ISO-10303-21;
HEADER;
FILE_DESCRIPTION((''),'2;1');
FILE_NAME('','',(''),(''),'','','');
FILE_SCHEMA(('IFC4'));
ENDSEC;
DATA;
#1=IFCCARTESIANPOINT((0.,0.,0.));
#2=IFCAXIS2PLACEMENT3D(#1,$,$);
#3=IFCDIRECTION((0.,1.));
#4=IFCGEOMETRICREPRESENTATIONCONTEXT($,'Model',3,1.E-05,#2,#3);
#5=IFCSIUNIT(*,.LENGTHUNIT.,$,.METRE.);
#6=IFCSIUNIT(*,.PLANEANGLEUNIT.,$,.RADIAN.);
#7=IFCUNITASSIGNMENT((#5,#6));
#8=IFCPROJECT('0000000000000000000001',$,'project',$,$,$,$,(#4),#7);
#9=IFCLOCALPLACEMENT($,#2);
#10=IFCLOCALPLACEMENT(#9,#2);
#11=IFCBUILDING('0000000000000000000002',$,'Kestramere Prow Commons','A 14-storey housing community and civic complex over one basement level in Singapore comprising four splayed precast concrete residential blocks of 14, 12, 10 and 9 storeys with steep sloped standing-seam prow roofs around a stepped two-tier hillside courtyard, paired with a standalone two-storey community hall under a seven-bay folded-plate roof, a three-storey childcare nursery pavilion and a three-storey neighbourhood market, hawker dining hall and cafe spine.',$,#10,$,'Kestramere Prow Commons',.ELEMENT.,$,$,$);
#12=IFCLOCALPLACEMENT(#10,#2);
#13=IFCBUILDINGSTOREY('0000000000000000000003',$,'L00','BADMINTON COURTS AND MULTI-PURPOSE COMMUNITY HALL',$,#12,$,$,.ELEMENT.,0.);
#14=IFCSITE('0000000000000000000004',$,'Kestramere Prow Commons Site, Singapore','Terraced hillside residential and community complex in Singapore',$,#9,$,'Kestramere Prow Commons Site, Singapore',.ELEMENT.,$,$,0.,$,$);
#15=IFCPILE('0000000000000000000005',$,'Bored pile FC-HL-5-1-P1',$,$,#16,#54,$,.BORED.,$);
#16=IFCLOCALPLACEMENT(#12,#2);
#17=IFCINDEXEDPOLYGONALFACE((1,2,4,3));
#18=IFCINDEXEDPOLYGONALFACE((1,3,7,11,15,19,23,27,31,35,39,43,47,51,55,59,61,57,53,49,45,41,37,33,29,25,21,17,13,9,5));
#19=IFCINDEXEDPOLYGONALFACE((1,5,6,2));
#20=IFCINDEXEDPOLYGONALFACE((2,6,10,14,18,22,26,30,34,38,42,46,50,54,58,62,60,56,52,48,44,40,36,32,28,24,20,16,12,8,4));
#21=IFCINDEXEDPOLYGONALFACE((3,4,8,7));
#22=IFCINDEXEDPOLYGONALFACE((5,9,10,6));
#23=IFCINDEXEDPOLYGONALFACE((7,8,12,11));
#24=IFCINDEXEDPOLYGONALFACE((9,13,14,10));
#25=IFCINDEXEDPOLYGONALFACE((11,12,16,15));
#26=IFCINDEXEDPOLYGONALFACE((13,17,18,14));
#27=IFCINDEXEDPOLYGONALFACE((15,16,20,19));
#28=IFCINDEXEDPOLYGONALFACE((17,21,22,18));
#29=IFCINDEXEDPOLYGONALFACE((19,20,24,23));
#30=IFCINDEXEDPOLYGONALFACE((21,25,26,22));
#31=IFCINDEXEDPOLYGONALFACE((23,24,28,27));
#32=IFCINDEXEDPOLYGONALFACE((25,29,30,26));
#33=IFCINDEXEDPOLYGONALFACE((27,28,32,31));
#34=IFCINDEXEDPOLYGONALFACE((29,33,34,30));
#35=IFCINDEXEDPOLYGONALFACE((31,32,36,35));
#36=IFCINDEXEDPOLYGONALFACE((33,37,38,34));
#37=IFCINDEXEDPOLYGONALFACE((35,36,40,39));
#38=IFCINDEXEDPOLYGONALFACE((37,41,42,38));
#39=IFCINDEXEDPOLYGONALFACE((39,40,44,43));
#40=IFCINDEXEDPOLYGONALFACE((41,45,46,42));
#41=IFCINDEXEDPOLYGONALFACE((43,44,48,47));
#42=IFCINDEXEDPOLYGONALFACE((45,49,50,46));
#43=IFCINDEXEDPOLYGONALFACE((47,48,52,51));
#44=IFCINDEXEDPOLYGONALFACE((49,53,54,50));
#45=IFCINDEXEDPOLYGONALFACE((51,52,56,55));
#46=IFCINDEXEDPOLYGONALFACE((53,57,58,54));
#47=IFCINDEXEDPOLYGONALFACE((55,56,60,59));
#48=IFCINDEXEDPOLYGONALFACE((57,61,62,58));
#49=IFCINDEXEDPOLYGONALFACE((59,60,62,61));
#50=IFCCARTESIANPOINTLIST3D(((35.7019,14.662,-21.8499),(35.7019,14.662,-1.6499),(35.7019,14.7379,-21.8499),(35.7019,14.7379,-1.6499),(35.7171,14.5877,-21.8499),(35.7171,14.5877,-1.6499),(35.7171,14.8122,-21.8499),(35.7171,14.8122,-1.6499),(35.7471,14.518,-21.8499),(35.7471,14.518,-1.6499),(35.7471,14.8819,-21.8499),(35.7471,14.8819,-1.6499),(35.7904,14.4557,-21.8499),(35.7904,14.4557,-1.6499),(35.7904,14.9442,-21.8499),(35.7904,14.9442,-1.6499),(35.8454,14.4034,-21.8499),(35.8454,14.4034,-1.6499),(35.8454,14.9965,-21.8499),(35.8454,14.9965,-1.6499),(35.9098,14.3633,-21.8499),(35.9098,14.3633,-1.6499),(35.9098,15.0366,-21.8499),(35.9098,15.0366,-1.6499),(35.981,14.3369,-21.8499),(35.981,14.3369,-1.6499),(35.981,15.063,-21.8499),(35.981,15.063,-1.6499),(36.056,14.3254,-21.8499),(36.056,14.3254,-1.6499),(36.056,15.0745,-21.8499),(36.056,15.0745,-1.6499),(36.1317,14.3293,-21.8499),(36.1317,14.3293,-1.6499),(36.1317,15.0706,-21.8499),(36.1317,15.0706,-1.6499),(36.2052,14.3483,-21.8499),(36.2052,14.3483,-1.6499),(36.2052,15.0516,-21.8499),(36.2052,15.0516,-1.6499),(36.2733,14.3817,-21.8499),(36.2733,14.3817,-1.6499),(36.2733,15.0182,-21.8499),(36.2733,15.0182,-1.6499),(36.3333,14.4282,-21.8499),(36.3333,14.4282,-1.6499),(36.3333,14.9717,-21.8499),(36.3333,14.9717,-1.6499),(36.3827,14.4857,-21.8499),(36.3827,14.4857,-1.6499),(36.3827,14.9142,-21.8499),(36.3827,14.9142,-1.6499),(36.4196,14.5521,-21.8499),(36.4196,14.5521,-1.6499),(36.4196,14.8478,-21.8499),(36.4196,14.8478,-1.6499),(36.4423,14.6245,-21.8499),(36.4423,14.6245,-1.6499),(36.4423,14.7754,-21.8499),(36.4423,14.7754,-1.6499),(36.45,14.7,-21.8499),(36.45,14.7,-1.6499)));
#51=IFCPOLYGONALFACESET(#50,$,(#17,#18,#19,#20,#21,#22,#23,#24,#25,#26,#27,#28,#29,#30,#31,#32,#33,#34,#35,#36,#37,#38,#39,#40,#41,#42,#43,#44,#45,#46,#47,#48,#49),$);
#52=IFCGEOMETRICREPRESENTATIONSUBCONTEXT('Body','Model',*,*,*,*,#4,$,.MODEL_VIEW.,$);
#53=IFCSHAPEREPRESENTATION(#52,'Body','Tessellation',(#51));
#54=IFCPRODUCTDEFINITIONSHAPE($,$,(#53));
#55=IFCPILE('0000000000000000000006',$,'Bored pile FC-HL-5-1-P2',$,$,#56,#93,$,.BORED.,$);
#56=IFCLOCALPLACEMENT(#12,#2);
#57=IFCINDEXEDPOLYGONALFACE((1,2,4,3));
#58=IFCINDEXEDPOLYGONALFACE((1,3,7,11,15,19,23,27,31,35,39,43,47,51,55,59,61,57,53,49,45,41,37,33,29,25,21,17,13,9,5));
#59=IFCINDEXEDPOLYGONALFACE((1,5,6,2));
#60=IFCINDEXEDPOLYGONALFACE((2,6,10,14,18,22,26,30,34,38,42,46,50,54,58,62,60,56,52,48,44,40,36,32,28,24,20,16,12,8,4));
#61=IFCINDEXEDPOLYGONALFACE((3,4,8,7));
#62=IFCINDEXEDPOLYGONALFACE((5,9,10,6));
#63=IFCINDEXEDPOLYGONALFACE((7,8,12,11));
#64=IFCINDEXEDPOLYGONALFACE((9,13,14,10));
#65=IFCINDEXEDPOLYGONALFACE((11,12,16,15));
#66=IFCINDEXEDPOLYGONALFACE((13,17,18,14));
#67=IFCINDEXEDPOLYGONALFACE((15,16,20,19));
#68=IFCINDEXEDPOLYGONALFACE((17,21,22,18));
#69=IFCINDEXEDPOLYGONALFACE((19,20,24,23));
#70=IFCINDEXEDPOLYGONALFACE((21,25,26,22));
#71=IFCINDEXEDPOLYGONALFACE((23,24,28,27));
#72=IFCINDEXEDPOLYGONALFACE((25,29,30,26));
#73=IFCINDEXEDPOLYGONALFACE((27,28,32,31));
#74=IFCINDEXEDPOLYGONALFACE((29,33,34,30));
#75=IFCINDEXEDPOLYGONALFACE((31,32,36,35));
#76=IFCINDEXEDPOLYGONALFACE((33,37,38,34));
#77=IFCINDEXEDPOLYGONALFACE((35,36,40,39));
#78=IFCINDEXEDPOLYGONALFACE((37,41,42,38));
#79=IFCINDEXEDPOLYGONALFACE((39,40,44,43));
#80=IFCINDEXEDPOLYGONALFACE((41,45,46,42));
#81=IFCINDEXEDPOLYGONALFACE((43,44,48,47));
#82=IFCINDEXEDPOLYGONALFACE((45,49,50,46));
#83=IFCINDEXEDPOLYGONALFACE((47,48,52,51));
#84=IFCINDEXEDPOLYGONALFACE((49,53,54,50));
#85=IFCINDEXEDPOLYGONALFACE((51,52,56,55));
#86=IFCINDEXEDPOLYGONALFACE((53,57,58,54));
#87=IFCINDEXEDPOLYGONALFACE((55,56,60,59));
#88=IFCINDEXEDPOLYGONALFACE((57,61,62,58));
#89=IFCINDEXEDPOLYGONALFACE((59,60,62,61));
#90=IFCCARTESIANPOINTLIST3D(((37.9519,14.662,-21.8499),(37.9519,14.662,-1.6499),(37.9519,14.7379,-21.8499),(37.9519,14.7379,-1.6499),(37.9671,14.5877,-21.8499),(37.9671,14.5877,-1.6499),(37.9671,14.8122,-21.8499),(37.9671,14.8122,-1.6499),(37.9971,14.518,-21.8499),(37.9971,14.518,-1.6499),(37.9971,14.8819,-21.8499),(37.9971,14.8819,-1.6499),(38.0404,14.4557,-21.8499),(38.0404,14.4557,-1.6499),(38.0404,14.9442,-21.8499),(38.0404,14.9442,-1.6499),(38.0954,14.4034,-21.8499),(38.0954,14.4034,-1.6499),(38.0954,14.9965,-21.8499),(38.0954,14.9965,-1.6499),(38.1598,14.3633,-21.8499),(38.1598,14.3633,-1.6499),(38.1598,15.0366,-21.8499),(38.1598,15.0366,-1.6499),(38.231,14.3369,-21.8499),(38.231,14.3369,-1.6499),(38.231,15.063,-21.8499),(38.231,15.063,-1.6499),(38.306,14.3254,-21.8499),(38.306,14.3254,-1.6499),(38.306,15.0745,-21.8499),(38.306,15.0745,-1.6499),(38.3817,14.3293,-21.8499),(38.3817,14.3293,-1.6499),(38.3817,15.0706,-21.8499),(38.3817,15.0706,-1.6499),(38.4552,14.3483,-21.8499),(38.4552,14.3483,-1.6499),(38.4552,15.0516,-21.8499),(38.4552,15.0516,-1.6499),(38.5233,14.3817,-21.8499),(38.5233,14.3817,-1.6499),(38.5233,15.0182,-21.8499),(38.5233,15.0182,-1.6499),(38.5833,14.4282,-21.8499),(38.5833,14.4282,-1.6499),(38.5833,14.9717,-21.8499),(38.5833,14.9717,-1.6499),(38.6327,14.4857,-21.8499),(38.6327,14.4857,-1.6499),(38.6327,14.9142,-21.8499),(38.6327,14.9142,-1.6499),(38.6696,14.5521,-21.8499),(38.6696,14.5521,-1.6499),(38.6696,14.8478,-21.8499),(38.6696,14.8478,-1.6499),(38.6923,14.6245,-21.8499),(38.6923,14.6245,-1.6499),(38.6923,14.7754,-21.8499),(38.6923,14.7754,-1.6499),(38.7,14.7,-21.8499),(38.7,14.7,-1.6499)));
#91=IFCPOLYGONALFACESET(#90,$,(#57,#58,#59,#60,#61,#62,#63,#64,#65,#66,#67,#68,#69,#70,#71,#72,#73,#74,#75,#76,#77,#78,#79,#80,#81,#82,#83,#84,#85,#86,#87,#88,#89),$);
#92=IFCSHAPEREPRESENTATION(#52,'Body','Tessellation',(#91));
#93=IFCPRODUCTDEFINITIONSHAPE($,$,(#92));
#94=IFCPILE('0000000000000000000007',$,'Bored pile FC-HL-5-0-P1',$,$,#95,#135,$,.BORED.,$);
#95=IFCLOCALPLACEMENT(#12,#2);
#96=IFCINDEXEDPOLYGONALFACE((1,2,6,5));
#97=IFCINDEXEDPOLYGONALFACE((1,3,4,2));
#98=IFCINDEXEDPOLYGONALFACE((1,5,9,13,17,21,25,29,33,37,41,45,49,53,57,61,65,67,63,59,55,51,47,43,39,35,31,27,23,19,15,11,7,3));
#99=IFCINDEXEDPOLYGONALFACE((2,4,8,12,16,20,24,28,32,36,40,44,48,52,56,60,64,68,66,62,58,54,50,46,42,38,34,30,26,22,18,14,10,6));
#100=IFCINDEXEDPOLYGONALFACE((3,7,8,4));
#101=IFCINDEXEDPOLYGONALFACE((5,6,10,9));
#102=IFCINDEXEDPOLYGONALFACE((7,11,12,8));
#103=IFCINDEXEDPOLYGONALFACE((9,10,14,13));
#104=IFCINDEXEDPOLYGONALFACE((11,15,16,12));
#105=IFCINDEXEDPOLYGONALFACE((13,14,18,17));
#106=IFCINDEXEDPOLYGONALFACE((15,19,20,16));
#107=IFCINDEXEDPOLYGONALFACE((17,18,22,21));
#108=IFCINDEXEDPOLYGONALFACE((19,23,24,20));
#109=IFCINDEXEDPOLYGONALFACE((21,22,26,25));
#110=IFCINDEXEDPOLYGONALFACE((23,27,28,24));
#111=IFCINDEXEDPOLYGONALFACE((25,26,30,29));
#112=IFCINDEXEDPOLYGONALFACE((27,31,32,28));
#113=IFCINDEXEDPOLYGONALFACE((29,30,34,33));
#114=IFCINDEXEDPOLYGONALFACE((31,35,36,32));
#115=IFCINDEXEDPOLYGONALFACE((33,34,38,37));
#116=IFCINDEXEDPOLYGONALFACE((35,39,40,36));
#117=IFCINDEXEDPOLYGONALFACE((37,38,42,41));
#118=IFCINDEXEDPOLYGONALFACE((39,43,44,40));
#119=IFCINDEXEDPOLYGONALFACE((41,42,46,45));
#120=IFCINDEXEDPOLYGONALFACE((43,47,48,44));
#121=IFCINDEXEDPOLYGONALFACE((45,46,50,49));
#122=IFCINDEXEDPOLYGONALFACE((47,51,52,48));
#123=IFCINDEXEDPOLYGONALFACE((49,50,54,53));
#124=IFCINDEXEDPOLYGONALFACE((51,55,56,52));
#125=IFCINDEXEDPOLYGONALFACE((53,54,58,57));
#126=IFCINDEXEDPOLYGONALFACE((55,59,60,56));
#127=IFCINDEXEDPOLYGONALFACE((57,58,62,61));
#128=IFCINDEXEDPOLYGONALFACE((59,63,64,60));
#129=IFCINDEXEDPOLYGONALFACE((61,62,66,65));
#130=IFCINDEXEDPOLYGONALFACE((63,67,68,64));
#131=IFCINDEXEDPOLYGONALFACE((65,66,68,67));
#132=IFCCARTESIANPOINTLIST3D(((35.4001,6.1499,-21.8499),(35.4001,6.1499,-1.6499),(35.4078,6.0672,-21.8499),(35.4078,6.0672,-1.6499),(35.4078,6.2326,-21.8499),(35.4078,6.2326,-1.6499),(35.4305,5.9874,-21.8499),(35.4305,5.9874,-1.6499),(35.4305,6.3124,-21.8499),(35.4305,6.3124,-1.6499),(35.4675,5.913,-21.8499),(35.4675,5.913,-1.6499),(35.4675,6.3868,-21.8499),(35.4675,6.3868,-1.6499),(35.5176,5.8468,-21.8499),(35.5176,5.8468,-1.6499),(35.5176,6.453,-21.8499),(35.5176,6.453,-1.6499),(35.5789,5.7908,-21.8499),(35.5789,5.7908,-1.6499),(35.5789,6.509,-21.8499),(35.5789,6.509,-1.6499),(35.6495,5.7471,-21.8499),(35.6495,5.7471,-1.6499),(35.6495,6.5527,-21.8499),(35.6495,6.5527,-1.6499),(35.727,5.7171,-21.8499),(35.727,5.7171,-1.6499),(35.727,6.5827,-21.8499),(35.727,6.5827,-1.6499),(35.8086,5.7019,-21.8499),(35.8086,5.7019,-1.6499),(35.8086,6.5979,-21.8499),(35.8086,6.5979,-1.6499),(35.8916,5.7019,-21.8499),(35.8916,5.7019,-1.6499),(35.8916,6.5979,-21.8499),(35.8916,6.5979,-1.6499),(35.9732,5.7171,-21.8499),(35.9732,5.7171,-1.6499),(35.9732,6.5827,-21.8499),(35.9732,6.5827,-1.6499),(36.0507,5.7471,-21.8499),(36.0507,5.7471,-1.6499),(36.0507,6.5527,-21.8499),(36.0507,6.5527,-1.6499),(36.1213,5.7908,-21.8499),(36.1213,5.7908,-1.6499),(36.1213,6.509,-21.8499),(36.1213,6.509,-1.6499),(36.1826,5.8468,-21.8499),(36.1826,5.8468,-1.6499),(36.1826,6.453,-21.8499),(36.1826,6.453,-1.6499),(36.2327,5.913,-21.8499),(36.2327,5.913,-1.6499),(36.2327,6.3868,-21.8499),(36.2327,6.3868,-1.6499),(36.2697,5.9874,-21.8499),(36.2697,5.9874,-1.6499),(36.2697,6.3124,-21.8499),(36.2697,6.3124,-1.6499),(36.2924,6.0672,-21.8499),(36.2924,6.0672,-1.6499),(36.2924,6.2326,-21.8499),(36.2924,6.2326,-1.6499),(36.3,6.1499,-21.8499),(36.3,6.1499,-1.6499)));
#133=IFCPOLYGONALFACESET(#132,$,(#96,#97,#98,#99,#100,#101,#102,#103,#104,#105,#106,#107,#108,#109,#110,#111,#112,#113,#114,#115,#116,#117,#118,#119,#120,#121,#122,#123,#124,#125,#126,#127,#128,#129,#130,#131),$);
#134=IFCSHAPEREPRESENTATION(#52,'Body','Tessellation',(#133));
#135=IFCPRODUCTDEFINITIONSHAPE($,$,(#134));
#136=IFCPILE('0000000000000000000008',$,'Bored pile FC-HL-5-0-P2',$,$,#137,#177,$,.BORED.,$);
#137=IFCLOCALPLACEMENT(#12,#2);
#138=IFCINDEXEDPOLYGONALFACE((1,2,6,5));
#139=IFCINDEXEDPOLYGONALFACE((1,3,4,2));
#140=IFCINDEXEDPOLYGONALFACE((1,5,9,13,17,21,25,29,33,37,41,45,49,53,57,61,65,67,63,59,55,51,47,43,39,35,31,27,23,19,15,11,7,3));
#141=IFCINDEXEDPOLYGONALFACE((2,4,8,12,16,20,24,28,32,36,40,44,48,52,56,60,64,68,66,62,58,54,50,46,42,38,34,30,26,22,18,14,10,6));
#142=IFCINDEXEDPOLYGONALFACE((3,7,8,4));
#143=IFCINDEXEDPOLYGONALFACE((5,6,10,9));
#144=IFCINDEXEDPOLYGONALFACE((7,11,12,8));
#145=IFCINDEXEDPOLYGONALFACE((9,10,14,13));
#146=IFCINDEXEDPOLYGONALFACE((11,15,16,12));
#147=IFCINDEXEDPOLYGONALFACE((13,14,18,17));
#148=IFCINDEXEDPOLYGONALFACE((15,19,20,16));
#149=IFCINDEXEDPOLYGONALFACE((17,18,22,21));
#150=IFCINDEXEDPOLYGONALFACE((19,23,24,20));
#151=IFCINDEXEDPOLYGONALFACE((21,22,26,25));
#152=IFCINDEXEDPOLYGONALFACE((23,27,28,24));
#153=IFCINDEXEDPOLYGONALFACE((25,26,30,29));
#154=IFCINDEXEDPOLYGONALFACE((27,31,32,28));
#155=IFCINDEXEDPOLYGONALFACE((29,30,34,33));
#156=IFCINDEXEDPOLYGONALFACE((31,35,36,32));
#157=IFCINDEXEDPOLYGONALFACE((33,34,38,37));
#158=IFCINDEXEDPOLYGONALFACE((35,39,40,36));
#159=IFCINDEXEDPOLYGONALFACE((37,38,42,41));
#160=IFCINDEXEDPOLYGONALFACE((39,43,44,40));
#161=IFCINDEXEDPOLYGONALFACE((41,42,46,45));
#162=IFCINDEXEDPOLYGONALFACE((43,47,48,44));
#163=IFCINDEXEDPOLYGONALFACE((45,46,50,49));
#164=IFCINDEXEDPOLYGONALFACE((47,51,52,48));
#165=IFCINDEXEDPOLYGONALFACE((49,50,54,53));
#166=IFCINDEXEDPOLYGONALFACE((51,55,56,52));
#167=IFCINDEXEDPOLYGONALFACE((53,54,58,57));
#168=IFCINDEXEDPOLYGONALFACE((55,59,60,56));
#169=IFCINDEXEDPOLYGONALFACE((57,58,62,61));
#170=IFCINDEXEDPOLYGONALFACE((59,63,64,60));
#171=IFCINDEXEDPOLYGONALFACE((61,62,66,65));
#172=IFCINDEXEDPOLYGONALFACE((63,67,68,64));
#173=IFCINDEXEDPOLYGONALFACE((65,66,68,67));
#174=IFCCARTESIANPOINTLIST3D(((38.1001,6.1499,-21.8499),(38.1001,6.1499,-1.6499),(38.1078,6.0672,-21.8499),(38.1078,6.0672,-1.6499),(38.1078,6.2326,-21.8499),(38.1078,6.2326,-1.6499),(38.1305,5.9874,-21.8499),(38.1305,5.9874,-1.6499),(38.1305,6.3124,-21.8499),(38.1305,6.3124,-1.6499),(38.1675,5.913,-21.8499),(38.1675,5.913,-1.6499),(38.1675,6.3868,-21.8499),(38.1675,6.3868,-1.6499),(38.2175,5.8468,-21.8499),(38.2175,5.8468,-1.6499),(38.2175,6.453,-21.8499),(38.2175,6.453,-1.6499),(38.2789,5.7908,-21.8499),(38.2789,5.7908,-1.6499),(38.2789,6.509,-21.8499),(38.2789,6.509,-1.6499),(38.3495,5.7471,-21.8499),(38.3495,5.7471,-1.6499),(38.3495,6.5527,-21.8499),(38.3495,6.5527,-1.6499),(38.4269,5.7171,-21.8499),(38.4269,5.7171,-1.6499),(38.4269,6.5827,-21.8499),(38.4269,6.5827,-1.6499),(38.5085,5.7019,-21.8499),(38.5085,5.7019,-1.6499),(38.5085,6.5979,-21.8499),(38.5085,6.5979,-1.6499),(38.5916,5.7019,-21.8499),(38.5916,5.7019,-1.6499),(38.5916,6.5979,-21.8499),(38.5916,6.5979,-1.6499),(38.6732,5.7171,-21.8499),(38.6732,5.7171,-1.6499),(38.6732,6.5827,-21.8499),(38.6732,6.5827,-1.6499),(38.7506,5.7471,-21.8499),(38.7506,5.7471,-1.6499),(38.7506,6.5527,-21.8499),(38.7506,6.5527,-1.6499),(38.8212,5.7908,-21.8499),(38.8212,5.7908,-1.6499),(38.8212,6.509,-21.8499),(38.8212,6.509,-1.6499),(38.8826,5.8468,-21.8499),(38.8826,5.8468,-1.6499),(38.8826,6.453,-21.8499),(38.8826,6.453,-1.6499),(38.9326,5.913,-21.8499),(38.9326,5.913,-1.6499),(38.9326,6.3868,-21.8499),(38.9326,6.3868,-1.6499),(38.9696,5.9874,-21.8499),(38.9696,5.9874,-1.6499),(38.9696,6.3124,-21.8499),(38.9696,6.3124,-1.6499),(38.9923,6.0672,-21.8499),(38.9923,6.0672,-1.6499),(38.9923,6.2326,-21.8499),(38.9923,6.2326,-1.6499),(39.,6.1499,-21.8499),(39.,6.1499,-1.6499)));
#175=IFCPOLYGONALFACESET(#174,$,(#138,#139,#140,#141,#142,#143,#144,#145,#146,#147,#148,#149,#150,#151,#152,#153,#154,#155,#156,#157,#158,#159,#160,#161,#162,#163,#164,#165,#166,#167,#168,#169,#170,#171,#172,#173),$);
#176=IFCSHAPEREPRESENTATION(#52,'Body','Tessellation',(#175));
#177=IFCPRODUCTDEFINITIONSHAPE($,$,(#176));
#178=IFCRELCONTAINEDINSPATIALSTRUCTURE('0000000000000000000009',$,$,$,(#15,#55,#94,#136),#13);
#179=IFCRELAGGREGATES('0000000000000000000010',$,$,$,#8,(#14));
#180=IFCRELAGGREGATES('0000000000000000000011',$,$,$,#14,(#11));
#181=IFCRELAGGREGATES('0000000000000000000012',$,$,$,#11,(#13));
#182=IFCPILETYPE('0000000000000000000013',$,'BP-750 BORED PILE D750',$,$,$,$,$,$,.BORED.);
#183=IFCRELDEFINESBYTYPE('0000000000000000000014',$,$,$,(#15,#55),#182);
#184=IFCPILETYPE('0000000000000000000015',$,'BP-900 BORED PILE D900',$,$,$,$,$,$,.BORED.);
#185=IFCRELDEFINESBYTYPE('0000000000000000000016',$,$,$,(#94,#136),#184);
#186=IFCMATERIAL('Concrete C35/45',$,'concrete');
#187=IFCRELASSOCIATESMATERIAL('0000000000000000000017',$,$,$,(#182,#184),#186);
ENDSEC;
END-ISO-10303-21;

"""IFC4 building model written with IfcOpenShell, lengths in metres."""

from ifc_helpers import new_model, si_unit, direction, frame, origin, origin_2d, place, context, subcontext, project, spatial, circle, extrude, material, material_profile, profile_set, type_object, element, save


model = new_model("IFC4")

# Units and contexts
model_context = context("Model", 3, precision=1e-05, world=origin(), true_north=direction((0.0, 1.0)))
body_context = subcontext(model_context, "Body", "Model", "MODEL_VIEW")
ifc_project = project(units=[si_unit("LENGTHUNIT", "METRE"), si_unit("PLANEANGLEUNIT", "RADIAN")], contexts=[model_context])

# Site, building, storey
site_placement = place(None, origin())
site = spatial("IfcSite", under=ifc_project, at=site_placement, Name="Kestramere Prow Commons Site, Singapore", Description="Terraced hillside residential and community complex in Singapore", LongName="Kestramere Prow Commons Site, Singapore", CompositionType="ELEMENT", RefElevation=0.0)
building_placement = place(site_placement, origin())
building = spatial("IfcBuilding", under=site, at=building_placement, Name="Kestramere Prow Commons", Description="A 14-storey housing community and civic complex over one basement level in Singapore comprising four splayed precast concrete residential blocks of 14, 12, 10 and 9 storeys with steep sloped standing-seam prow roofs around a stepped two-tier hillside courtyard, paired with a standalone two-storey community hall under a seven-bay folded-plate roof, a three-storey childcare nursery pavilion and a three-storey neighbourhood market, hawker dining hall and cafe spine.", LongName="Kestramere Prow Commons", CompositionType="ELEMENT")
storey_placement = place(building_placement, origin())
storey = spatial("IfcBuildingStorey", under=building, at=storey_placement, Name="L00", Description="BADMINTON COURTS AND MULTI-PURPOSE COMMUNITY HALL", CompositionType="ELEMENT", Elevation=0.0)

# Piles
ifc_material_1 = material(Name="Concrete C35/45", Category="concrete")
ifc_material_profile_1 = material_profile(ifc_material_1, circle(Radius=0.375, at=origin_2d()), Name="BORED PILE D750")
ifc_profile_set_1 = profile_set([ifc_material_profile_1], Name="Concrete C35/45")
pile_type_1 = type_object("IfcPileType", Name="BP-750 BORED PILE D750", PredefinedType="BORED", material=ifc_profile_set_1)
for number, where, z_axis, x_axis, name in (
    (1, (36.075, 14.7, -1.6499), (0.0, 0.0, -1.0), (1.0, 0.0, 0.0), "Bored pile FC-HL-5-1-P1"),
    (2, (38.325, 14.7, -1.6499), (0.0, 0.0, -1.0), (1.0, 0.0, 0.0), "Bored pile FC-HL-5-1-P2"),
):
    element("IfcPile", number, at=place(storey_placement, frame(where, z_axis=z_axis, x_axis=x_axis)), inside=storey, type_object=pile_type_1, Name=name, PredefinedType="BORED", context=body_context, shape_type="SweptSolid", body=[
        extrude(circle(Radius=0.375, at=origin_2d()), origin(), (0.0, 0.0, 1.0), 20.2),
    ])
ifc_material_profile_2 = material_profile(ifc_material_1, circle(Radius=0.45, at=origin_2d()), Name="BORED PILE D900")
ifc_profile_set_2 = profile_set([ifc_material_profile_2], Name="Concrete C35/45")
pile_type_2 = type_object("IfcPileType", Name="BP-900 BORED PILE D900", PredefinedType="BORED", material=ifc_profile_set_2)
for number, where, z_axis, x_axis, name in (
    (3, (35.8501, 6.1499, -1.6499), (0.0, 0.0, -1.0), (1.0, 0.0, 0.0), "Bored pile FC-HL-5-0-P1"),
    (4, (38.55, 6.1499, -1.6499), (0.0, 0.0, -1.0), (1.0, 0.0, 0.0), "Bored pile FC-HL-5-0-P2"),
):
    element("IfcPile", number, at=place(storey_placement, frame(where, z_axis=z_axis, x_axis=x_axis)), inside=storey, type_object=pile_type_2, Name=name, PredefinedType="BORED", context=body_context, shape_type="SweptSolid", body=[
        extrude(circle(Radius=0.45, at=origin_2d()), origin(), (0.0, 0.0, 1.0), 20.2),
    ])

save(model, "model.ifc")
